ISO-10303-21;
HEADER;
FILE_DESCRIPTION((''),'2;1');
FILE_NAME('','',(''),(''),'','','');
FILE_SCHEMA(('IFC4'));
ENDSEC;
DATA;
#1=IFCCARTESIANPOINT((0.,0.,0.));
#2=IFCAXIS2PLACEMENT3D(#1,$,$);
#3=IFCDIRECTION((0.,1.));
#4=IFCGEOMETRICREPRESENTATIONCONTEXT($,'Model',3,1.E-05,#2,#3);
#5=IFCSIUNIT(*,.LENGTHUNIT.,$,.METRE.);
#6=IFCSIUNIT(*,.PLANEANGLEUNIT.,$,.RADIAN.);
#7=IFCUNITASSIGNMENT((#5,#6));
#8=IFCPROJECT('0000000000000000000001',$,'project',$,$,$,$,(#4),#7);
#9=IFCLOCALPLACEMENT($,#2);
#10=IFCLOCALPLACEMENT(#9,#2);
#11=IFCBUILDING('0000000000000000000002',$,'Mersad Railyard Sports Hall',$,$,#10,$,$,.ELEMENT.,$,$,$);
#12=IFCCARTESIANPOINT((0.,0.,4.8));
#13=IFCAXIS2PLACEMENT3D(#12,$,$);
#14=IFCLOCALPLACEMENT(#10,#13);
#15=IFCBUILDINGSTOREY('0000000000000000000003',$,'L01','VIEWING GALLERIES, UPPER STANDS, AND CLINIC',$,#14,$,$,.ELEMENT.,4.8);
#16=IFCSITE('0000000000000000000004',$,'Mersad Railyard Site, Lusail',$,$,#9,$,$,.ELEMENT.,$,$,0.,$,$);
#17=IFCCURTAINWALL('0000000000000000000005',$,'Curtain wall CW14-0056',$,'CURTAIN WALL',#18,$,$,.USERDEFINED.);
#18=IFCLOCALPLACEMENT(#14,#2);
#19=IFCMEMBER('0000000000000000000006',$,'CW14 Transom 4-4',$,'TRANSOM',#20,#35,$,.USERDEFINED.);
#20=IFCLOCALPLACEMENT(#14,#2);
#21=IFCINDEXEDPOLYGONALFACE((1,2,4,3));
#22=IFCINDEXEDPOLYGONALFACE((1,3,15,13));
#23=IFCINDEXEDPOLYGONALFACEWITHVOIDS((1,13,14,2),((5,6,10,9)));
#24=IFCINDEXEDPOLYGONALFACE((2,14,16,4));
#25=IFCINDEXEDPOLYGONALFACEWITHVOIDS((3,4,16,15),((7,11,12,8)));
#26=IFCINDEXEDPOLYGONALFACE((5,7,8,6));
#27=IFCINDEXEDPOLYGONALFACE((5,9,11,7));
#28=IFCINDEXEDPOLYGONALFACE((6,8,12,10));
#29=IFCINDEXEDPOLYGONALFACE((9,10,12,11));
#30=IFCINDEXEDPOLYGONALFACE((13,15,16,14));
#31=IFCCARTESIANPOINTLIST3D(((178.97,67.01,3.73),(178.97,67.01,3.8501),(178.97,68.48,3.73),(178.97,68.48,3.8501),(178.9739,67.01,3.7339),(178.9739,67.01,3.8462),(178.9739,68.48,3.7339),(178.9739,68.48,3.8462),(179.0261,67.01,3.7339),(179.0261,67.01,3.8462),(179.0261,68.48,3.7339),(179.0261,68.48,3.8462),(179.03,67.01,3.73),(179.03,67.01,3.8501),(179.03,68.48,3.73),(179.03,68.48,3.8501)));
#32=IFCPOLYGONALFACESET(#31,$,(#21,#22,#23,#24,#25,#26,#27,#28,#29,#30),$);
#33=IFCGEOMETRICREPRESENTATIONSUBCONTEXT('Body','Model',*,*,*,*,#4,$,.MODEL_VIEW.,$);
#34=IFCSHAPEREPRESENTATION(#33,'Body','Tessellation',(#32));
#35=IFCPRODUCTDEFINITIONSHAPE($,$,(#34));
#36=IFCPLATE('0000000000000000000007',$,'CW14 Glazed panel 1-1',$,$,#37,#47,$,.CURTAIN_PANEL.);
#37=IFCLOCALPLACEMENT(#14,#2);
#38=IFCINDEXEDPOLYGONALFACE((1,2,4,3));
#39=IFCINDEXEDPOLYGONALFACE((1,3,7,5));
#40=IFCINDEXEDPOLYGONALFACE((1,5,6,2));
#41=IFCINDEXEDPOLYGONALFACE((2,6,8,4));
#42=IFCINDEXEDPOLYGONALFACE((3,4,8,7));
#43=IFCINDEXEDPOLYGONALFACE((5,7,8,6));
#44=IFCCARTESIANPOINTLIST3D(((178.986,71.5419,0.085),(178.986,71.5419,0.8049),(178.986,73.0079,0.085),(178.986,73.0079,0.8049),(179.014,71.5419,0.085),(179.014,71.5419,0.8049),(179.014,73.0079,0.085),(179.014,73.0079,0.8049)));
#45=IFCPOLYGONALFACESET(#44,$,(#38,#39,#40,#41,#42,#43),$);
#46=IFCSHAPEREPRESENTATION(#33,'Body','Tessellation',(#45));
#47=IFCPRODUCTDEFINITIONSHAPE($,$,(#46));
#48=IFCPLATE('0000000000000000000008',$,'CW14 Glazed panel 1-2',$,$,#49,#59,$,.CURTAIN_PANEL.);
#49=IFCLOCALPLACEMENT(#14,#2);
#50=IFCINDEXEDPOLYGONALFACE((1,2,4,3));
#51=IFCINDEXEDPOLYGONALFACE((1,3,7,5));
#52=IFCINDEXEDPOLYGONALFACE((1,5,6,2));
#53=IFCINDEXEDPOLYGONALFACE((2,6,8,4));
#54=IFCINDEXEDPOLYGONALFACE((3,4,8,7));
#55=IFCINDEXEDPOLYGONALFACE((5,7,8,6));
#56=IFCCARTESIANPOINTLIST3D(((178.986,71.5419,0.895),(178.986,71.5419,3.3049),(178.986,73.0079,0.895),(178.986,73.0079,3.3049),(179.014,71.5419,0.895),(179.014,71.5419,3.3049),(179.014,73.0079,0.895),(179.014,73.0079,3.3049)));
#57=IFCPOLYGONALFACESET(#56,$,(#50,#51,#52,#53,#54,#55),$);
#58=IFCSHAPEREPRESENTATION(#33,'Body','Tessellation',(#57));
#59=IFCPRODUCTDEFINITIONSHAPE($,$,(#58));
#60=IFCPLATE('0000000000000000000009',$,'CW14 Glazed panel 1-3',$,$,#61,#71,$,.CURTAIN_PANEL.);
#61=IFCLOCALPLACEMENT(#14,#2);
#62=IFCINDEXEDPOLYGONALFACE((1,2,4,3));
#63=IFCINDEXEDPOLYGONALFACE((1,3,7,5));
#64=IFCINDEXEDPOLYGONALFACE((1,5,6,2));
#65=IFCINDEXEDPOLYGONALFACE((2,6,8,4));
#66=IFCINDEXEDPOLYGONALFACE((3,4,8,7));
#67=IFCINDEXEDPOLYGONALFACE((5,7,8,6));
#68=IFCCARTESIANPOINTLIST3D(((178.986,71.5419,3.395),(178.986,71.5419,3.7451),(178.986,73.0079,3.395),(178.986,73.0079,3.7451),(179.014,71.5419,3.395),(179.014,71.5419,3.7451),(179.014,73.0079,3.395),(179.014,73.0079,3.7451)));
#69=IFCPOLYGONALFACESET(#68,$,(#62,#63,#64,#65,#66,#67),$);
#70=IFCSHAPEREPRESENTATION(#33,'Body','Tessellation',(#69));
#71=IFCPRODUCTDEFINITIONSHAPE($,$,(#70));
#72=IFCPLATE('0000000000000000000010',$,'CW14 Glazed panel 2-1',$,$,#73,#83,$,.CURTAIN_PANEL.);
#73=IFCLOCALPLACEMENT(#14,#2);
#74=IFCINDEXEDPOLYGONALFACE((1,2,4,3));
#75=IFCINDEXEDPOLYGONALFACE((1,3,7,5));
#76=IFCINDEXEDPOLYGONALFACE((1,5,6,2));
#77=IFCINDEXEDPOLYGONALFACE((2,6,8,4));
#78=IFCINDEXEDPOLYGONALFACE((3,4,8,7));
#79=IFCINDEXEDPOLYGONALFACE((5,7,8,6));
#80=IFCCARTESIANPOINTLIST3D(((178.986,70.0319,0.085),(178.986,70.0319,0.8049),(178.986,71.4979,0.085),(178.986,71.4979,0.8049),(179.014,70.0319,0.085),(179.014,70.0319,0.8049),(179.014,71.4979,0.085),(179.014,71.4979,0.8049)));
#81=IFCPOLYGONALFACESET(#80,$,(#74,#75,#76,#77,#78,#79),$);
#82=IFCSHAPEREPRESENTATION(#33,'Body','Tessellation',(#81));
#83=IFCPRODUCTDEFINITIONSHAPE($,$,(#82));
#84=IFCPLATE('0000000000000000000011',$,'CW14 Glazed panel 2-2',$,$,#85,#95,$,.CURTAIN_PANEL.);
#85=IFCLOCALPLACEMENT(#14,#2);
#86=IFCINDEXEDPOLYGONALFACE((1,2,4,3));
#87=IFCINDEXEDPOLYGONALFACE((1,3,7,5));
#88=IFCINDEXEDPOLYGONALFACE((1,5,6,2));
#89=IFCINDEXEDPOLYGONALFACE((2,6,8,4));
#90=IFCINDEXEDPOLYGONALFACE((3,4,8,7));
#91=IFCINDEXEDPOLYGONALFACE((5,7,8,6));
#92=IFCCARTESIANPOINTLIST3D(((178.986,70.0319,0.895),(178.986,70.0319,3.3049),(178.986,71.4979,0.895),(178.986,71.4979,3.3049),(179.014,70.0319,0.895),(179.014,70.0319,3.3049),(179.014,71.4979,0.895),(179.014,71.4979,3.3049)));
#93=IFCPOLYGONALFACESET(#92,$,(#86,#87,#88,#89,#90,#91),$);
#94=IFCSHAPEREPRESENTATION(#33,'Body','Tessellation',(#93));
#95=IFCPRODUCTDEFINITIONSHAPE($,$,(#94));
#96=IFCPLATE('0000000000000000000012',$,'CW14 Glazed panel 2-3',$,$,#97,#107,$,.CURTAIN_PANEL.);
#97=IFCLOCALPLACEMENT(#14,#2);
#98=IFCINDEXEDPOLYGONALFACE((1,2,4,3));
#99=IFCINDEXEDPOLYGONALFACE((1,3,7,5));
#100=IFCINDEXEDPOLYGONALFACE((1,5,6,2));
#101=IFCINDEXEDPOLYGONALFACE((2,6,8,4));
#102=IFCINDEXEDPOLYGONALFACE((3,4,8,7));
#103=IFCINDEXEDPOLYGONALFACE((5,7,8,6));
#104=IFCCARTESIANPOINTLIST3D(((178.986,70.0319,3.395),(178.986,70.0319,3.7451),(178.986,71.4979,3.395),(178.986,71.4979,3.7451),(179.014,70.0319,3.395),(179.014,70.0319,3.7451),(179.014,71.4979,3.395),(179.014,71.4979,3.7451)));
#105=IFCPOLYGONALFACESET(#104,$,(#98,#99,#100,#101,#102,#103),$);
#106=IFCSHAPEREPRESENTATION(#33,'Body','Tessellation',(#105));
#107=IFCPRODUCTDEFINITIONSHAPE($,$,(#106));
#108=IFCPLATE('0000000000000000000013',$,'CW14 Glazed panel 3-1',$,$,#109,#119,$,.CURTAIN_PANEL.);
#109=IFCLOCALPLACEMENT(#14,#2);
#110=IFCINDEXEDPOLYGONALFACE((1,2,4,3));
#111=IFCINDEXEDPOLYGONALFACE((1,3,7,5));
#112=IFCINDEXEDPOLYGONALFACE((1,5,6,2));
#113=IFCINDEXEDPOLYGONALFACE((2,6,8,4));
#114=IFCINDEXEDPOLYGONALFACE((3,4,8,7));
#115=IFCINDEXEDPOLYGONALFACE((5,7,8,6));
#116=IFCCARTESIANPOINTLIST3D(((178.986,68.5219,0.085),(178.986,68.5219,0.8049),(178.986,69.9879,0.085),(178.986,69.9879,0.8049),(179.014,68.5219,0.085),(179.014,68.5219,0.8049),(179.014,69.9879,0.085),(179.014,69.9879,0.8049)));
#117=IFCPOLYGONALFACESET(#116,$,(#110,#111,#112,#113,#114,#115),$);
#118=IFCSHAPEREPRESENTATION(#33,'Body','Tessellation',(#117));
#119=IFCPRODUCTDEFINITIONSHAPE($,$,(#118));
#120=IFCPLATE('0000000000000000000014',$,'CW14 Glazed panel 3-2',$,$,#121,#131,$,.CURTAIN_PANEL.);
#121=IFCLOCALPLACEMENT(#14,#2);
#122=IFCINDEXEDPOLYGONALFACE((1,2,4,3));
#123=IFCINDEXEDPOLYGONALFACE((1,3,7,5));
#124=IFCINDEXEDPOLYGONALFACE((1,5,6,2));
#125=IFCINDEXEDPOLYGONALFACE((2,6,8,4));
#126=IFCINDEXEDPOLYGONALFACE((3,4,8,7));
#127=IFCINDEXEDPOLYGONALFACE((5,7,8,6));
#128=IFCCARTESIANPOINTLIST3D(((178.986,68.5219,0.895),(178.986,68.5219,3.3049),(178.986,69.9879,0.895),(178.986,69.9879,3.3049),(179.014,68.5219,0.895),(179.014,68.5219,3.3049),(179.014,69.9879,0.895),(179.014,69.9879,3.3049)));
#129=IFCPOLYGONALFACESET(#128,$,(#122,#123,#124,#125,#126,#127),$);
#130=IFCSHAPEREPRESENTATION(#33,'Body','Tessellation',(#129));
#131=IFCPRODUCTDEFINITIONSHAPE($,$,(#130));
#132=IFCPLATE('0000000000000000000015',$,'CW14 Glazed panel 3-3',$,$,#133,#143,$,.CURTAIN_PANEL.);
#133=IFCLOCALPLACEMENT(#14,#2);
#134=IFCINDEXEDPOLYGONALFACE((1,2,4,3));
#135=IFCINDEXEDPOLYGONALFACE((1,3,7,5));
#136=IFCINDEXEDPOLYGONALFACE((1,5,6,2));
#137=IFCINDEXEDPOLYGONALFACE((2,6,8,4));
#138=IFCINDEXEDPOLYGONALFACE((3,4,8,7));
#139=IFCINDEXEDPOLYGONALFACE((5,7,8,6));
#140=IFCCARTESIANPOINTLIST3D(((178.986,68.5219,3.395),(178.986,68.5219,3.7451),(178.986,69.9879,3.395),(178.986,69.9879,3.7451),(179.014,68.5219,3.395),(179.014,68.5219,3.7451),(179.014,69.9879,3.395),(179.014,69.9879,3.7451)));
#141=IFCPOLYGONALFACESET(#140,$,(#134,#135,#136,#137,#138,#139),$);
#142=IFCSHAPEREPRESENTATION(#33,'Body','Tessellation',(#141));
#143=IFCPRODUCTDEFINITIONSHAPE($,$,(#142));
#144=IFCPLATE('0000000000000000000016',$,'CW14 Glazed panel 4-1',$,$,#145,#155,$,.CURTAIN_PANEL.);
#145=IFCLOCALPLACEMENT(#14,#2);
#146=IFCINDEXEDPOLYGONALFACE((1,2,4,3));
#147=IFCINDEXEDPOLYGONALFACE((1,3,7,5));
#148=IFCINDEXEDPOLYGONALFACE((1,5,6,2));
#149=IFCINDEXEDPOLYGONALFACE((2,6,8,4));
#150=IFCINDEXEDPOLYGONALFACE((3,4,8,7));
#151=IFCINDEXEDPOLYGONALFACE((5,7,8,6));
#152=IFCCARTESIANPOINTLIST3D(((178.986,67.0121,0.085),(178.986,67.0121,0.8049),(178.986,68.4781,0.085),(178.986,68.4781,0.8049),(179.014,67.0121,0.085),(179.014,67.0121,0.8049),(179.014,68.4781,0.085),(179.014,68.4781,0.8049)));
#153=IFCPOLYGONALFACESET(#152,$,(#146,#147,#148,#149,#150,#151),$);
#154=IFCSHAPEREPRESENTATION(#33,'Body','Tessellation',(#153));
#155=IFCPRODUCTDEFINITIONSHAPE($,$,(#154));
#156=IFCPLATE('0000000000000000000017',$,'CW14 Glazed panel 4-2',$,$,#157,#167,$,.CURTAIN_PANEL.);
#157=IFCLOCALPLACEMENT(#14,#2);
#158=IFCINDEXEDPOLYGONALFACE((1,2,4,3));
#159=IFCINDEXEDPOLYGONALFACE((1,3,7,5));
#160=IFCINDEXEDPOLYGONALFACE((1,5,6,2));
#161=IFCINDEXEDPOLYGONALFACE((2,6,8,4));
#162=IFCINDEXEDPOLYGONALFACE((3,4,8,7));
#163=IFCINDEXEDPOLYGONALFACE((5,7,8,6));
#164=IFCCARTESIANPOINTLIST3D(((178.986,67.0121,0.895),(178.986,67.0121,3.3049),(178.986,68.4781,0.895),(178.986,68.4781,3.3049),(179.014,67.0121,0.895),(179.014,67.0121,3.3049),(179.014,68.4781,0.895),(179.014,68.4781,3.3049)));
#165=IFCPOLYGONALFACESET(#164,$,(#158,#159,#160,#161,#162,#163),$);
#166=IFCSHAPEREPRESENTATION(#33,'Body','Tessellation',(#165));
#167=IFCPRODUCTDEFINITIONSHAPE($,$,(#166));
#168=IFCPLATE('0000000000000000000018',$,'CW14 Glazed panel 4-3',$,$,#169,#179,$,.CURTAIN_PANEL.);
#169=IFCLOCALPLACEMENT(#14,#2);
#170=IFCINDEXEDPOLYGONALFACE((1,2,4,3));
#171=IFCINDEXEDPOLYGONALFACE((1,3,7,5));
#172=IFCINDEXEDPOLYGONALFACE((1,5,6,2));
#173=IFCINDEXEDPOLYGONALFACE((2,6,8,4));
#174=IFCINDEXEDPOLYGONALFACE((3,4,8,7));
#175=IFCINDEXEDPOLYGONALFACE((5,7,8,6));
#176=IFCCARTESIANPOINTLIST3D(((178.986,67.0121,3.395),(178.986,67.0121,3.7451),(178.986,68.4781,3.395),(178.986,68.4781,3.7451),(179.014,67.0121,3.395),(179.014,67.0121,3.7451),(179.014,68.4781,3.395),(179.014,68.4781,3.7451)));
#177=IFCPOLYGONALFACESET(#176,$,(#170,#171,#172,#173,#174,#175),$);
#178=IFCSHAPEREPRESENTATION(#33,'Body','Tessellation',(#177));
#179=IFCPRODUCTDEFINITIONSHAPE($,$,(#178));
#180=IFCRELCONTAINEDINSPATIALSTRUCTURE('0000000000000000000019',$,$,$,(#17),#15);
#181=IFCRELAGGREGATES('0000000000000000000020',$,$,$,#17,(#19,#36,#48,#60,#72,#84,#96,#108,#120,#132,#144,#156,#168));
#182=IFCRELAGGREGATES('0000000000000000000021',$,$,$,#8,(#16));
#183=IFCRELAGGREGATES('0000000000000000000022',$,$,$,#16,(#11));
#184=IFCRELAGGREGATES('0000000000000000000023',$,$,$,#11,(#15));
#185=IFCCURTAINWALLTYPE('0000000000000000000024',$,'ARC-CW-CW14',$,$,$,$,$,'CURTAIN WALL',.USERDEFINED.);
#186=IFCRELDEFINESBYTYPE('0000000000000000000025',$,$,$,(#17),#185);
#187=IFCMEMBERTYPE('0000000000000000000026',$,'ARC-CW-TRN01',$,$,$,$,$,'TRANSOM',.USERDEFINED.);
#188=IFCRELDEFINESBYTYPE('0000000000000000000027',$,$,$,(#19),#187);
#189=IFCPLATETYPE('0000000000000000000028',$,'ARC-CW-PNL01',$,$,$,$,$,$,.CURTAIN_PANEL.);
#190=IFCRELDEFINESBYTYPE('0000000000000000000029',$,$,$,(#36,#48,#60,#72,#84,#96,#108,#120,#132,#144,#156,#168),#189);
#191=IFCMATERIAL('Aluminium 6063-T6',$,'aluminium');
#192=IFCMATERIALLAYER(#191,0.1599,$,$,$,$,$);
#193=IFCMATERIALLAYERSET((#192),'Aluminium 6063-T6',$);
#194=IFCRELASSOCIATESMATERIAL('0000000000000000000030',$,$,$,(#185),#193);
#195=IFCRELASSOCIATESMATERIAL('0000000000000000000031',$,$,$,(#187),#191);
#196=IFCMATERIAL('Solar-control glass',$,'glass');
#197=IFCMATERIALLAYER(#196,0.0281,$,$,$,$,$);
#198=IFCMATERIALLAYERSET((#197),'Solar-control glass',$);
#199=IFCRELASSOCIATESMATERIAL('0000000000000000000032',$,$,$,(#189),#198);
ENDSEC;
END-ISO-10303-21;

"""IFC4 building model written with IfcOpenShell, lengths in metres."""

from ifc_helpers import new_model, si_unit, direction, frame, origin, origin_2d, place, context, subcontext, project, spatial, rectangle, hollow_rectangle, extrude, material, layer, layer_set, material_profile, profile_set, type_object, element, aggregate, save


model = new_model("IFC4")

# Units and contexts
model_context = context("Model", 3, precision=1e-05, world=origin(), true_north=direction((0.0, 1.0)))
body_context = subcontext(model_context, "Body", "Model", "MODEL_VIEW")
ifc_project = project(units=[si_unit("LENGTHUNIT", "METRE"), si_unit("PLANEANGLEUNIT", "RADIAN")], contexts=[model_context])

# Site, building, storey
site_placement = place(None, origin())
site = spatial("IfcSite", under=ifc_project, at=site_placement, Name="Mersad Railyard Site, Lusail", CompositionType="ELEMENT", RefElevation=0.0)
building_placement = place(site_placement, origin())
building = spatial("IfcBuilding", under=site, at=building_placement, Name="Mersad Railyard Sports Hall", CompositionType="ELEMENT")
storey_placement = place(building_placement, frame((0.0, 0.0, 4.8)))
storey = spatial("IfcBuildingStorey", under=building, at=storey_placement, Name="L01", Description="VIEWING GALLERIES, UPPER STANDS, AND CLINIC", CompositionType="ELEMENT", Elevation=4.8)

# Curtain wall
ifc_material_1 = material(Name="Aluminium 6063-T6", Category="aluminium")
ifc_layer_1 = layer(ifc_material_1, 0.1599)
ifc_layer_set_1 = layer_set([ifc_layer_1], Name="Aluminium 6063-T6")
curtain_wall_type_1 = type_object("IfcCurtainWallType", Name="ARC-CW-CW14", ElementType="CURTAIN WALL", PredefinedType="USERDEFINED", material=ifc_layer_set_1)
curtain_wall_1_placement = place(storey_placement, origin())
curtain_wall_1 = element("IfcCurtainWall", 1, at=curtain_wall_1_placement, inside=storey, type_object=curtain_wall_type_1, Name="Curtain wall CW14-0056", ObjectType="CURTAIN WALL", PredefinedType="USERDEFINED")

# Member
ifc_material_profile_1 = material_profile(ifc_material_1, hollow_rectangle(XDim=0.0601, YDim=0.1201, WallThickness=0.0039, at=origin_2d()), Name="AL TRANSOM 60x120x4")
ifc_profile_set_1 = profile_set([ifc_material_profile_1], Name="Aluminium 6063-T6")
member_type_1 = type_object("IfcMemberType", Name="ARC-CW-TRN01", ElementType="TRANSOM", PredefinedType="USERDEFINED", material=ifc_profile_set_1)
member_1_placement = place(storey_placement, frame((179.0, 68.48, 3.79), z_axis=(0.0, -1.0, 0.0), x_axis=(1.0, 0.0, 0.0)))
member_1 = element("IfcMember", 2, at=member_1_placement, type_object=member_type_1, Name="CW14 Transom 4-4", ObjectType="TRANSOM", PredefinedType="USERDEFINED", context=body_context, shape_type="SweptSolid", body=[
    extrude(hollow_rectangle(XDim=0.0601, YDim=0.1201, WallThickness=0.0039, at=origin_2d()), origin(), (0.0, 0.0, 1.0), 1.47),
])

# Plates
ifc_material_2 = material(Name="Solar-control glass", Category="glass")
ifc_layer_2 = layer(ifc_material_2, 0.0281)
ifc_layer_set_2 = layer_set([ifc_layer_2], Name="Solar-control glass")
plate_type = type_object("IfcPlateType", Name="ARC-CW-PNL01", PredefinedType="CURTAIN_PANEL", material=ifc_layer_set_2)
plate_1_placement = place(storey_placement, frame((179.0, 72.2749, 0.085), z_axis=(0.0, 0.0, 1.0), x_axis=(0.0, -1.0, 0.0)))
plate_1 = element("IfcPlate", 3, at=plate_1_placement, type_object=plate_type, Name="CW14 Glazed panel 1-1", PredefinedType="CURTAIN_PANEL", context=body_context, shape_type="SweptSolid", body=[
    extrude(rectangle(XDim=1.4661, YDim=0.0281, at=origin_2d()), origin(), (0.0, 0.0, 1.0), 0.72),
])
plate_2_placement = place(storey_placement, frame((179.0, 72.2749, 0.895), z_axis=(0.0, 0.0, 1.0), x_axis=(0.0, -1.0, 0.0)))
plate_2 = element("IfcPlate", 4, at=plate_2_placement, type_object=plate_type, Name="CW14 Glazed panel 1-2", PredefinedType="CURTAIN_PANEL", context=body_context, shape_type="SweptSolid", body=[
    extrude(rectangle(XDim=1.4661, YDim=0.0281, at=origin_2d()), origin(), (0.0, 0.0, 1.0), 2.4099),
])
plate_3_placement = place(storey_placement, frame((179.0, 72.2749, 3.395), z_axis=(0.0, 0.0, 1.0), x_axis=(0.0, -1.0, 0.0)))
plate_3 = element("IfcPlate", 5, at=plate_3_placement, type_object=plate_type, Name="CW14 Glazed panel 1-3", PredefinedType="CURTAIN_PANEL", context=body_context, shape_type="SweptSolid", body=[
    extrude(rectangle(XDim=1.4661, YDim=0.0281, at=origin_2d()), origin(), (0.0, 0.0, 1.0), 0.3501),
])
plate_4_placement = place(storey_placement, frame((179.0, 70.7649, 0.085), z_axis=(0.0, 0.0, 1.0), x_axis=(0.0, -1.0, 0.0)))
plate_4 = element("IfcPlate", 6, at=plate_4_placement, type_object=plate_type, Name="CW14 Glazed panel 2-1", PredefinedType="CURTAIN_PANEL", context=body_context, shape_type="SweptSolid", body=[
    extrude(rectangle(XDim=1.4661, YDim=0.0281, at=origin_2d()), origin(), (0.0, 0.0, 1.0), 0.72),
])
plate_5_placement = place(storey_placement, frame((179.0, 70.7649, 0.895), z_axis=(0.0, 0.0, 1.0), x_axis=(0.0, -1.0, 0.0)))
plate_5 = element("IfcPlate", 7, at=plate_5_placement, type_object=plate_type, Name="CW14 Glazed panel 2-2", PredefinedType="CURTAIN_PANEL", context=body_context, shape_type="SweptSolid", body=[
    extrude(rectangle(XDim=1.4661, YDim=0.0281, at=origin_2d()), origin(), (0.0, 0.0, 1.0), 2.4099),
])
plate_6_placement = place(storey_placement, frame((179.0, 70.7649, 3.395), z_axis=(0.0, 0.0, 1.0), x_axis=(0.0, -1.0, 0.0)))
plate_6 = element("IfcPlate", 8, at=plate_6_placement, type_object=plate_type, Name="CW14 Glazed panel 2-3", PredefinedType="CURTAIN_PANEL", context=body_context, shape_type="SweptSolid", body=[
    extrude(rectangle(XDim=1.4661, YDim=0.0281, at=origin_2d()), origin(), (0.0, 0.0, 1.0), 0.3501),
])
plate_7_placement = place(storey_placement, frame((179.0, 69.2549, 0.085), z_axis=(0.0, 0.0, 1.0), x_axis=(0.0, -1.0, 0.0)))
plate_7 = element("IfcPlate", 9, at=plate_7_placement, type_object=plate_type, Name="CW14 Glazed panel 3-1", PredefinedType="CURTAIN_PANEL", context=body_context, shape_type="SweptSolid", body=[
    extrude(rectangle(XDim=1.4661, YDim=0.0281, at=origin_2d()), origin(), (0.0, 0.0, 1.0), 0.72),
])
plate_8_placement = place(storey_placement, frame((179.0, 69.2549, 0.895), z_axis=(0.0, 0.0, 1.0), x_axis=(0.0, -1.0, 0.0)))
plate_8 = element("IfcPlate", 10, at=plate_8_placement, type_object=plate_type, Name="CW14 Glazed panel 3-2", PredefinedType="CURTAIN_PANEL", context=body_context, shape_type="SweptSolid", body=[
    extrude(rectangle(XDim=1.4661, YDim=0.0281, at=origin_2d()), origin(), (0.0, 0.0, 1.0), 2.4099),
])
plate_9_placement = place(storey_placement, frame((179.0, 69.2549, 3.395), z_axis=(0.0, 0.0, 1.0), x_axis=(0.0, -1.0, 0.0)))
plate_9 = element("IfcPlate", 11, at=plate_9_placement, type_object=plate_type, Name="CW14 Glazed panel 3-3", PredefinedType="CURTAIN_PANEL", context=body_context, shape_type="SweptSolid", body=[
    extrude(rectangle(XDim=1.4661, YDim=0.0281, at=origin_2d()), origin(), (0.0, 0.0, 1.0), 0.3501),
])
plate_10_placement = place(storey_placement, frame((179.0, 67.7451, 0.085), z_axis=(0.0, 0.0, 1.0), x_axis=(0.0, -1.0, 0.0)))
plate_10 = element("IfcPlate", 12, at=plate_10_placement, type_object=plate_type, Name="CW14 Glazed panel 4-1", PredefinedType="CURTAIN_PANEL", context=body_context, shape_type="SweptSolid", body=[
    extrude(rectangle(XDim=1.4661, YDim=0.0281, at=origin_2d()), origin(), (0.0, 0.0, 1.0), 0.72),
])
plate_11_placement = place(storey_placement, frame((179.0, 67.7451, 0.895), z_axis=(0.0, 0.0, 1.0), x_axis=(0.0, -1.0, 0.0)))
plate_11 = element("IfcPlate", 13, at=plate_11_placement, type_object=plate_type, Name="CW14 Glazed panel 4-2", PredefinedType="CURTAIN_PANEL", context=body_context, shape_type="SweptSolid", body=[
    extrude(rectangle(XDim=1.4661, YDim=0.0281, at=origin_2d()), origin(), (0.0, 0.0, 1.0), 2.4099),
])
plate_12_placement = place(storey_placement, frame((179.0, 67.7451, 3.395), z_axis=(0.0, 0.0, 1.0), x_axis=(0.0, -1.0, 0.0)))
plate_12 = element("IfcPlate", 14, at=plate_12_placement, type_object=plate_type, Name="CW14 Glazed panel 4-3", PredefinedType="CURTAIN_PANEL", context=body_context, shape_type="SweptSolid", body=[
    extrude(rectangle(XDim=1.4661, YDim=0.0281, at=origin_2d()), origin(), (0.0, 0.0, 1.0), 0.3501),
])
aggregate(curtain_wall_1, [member_1, plate_1, plate_2, plate_3, plate_4, plate_5, plate_6, plate_7, plate_8, plate_9, plate_10, plate_11, plate_12])

save(model, "model.ifc")
